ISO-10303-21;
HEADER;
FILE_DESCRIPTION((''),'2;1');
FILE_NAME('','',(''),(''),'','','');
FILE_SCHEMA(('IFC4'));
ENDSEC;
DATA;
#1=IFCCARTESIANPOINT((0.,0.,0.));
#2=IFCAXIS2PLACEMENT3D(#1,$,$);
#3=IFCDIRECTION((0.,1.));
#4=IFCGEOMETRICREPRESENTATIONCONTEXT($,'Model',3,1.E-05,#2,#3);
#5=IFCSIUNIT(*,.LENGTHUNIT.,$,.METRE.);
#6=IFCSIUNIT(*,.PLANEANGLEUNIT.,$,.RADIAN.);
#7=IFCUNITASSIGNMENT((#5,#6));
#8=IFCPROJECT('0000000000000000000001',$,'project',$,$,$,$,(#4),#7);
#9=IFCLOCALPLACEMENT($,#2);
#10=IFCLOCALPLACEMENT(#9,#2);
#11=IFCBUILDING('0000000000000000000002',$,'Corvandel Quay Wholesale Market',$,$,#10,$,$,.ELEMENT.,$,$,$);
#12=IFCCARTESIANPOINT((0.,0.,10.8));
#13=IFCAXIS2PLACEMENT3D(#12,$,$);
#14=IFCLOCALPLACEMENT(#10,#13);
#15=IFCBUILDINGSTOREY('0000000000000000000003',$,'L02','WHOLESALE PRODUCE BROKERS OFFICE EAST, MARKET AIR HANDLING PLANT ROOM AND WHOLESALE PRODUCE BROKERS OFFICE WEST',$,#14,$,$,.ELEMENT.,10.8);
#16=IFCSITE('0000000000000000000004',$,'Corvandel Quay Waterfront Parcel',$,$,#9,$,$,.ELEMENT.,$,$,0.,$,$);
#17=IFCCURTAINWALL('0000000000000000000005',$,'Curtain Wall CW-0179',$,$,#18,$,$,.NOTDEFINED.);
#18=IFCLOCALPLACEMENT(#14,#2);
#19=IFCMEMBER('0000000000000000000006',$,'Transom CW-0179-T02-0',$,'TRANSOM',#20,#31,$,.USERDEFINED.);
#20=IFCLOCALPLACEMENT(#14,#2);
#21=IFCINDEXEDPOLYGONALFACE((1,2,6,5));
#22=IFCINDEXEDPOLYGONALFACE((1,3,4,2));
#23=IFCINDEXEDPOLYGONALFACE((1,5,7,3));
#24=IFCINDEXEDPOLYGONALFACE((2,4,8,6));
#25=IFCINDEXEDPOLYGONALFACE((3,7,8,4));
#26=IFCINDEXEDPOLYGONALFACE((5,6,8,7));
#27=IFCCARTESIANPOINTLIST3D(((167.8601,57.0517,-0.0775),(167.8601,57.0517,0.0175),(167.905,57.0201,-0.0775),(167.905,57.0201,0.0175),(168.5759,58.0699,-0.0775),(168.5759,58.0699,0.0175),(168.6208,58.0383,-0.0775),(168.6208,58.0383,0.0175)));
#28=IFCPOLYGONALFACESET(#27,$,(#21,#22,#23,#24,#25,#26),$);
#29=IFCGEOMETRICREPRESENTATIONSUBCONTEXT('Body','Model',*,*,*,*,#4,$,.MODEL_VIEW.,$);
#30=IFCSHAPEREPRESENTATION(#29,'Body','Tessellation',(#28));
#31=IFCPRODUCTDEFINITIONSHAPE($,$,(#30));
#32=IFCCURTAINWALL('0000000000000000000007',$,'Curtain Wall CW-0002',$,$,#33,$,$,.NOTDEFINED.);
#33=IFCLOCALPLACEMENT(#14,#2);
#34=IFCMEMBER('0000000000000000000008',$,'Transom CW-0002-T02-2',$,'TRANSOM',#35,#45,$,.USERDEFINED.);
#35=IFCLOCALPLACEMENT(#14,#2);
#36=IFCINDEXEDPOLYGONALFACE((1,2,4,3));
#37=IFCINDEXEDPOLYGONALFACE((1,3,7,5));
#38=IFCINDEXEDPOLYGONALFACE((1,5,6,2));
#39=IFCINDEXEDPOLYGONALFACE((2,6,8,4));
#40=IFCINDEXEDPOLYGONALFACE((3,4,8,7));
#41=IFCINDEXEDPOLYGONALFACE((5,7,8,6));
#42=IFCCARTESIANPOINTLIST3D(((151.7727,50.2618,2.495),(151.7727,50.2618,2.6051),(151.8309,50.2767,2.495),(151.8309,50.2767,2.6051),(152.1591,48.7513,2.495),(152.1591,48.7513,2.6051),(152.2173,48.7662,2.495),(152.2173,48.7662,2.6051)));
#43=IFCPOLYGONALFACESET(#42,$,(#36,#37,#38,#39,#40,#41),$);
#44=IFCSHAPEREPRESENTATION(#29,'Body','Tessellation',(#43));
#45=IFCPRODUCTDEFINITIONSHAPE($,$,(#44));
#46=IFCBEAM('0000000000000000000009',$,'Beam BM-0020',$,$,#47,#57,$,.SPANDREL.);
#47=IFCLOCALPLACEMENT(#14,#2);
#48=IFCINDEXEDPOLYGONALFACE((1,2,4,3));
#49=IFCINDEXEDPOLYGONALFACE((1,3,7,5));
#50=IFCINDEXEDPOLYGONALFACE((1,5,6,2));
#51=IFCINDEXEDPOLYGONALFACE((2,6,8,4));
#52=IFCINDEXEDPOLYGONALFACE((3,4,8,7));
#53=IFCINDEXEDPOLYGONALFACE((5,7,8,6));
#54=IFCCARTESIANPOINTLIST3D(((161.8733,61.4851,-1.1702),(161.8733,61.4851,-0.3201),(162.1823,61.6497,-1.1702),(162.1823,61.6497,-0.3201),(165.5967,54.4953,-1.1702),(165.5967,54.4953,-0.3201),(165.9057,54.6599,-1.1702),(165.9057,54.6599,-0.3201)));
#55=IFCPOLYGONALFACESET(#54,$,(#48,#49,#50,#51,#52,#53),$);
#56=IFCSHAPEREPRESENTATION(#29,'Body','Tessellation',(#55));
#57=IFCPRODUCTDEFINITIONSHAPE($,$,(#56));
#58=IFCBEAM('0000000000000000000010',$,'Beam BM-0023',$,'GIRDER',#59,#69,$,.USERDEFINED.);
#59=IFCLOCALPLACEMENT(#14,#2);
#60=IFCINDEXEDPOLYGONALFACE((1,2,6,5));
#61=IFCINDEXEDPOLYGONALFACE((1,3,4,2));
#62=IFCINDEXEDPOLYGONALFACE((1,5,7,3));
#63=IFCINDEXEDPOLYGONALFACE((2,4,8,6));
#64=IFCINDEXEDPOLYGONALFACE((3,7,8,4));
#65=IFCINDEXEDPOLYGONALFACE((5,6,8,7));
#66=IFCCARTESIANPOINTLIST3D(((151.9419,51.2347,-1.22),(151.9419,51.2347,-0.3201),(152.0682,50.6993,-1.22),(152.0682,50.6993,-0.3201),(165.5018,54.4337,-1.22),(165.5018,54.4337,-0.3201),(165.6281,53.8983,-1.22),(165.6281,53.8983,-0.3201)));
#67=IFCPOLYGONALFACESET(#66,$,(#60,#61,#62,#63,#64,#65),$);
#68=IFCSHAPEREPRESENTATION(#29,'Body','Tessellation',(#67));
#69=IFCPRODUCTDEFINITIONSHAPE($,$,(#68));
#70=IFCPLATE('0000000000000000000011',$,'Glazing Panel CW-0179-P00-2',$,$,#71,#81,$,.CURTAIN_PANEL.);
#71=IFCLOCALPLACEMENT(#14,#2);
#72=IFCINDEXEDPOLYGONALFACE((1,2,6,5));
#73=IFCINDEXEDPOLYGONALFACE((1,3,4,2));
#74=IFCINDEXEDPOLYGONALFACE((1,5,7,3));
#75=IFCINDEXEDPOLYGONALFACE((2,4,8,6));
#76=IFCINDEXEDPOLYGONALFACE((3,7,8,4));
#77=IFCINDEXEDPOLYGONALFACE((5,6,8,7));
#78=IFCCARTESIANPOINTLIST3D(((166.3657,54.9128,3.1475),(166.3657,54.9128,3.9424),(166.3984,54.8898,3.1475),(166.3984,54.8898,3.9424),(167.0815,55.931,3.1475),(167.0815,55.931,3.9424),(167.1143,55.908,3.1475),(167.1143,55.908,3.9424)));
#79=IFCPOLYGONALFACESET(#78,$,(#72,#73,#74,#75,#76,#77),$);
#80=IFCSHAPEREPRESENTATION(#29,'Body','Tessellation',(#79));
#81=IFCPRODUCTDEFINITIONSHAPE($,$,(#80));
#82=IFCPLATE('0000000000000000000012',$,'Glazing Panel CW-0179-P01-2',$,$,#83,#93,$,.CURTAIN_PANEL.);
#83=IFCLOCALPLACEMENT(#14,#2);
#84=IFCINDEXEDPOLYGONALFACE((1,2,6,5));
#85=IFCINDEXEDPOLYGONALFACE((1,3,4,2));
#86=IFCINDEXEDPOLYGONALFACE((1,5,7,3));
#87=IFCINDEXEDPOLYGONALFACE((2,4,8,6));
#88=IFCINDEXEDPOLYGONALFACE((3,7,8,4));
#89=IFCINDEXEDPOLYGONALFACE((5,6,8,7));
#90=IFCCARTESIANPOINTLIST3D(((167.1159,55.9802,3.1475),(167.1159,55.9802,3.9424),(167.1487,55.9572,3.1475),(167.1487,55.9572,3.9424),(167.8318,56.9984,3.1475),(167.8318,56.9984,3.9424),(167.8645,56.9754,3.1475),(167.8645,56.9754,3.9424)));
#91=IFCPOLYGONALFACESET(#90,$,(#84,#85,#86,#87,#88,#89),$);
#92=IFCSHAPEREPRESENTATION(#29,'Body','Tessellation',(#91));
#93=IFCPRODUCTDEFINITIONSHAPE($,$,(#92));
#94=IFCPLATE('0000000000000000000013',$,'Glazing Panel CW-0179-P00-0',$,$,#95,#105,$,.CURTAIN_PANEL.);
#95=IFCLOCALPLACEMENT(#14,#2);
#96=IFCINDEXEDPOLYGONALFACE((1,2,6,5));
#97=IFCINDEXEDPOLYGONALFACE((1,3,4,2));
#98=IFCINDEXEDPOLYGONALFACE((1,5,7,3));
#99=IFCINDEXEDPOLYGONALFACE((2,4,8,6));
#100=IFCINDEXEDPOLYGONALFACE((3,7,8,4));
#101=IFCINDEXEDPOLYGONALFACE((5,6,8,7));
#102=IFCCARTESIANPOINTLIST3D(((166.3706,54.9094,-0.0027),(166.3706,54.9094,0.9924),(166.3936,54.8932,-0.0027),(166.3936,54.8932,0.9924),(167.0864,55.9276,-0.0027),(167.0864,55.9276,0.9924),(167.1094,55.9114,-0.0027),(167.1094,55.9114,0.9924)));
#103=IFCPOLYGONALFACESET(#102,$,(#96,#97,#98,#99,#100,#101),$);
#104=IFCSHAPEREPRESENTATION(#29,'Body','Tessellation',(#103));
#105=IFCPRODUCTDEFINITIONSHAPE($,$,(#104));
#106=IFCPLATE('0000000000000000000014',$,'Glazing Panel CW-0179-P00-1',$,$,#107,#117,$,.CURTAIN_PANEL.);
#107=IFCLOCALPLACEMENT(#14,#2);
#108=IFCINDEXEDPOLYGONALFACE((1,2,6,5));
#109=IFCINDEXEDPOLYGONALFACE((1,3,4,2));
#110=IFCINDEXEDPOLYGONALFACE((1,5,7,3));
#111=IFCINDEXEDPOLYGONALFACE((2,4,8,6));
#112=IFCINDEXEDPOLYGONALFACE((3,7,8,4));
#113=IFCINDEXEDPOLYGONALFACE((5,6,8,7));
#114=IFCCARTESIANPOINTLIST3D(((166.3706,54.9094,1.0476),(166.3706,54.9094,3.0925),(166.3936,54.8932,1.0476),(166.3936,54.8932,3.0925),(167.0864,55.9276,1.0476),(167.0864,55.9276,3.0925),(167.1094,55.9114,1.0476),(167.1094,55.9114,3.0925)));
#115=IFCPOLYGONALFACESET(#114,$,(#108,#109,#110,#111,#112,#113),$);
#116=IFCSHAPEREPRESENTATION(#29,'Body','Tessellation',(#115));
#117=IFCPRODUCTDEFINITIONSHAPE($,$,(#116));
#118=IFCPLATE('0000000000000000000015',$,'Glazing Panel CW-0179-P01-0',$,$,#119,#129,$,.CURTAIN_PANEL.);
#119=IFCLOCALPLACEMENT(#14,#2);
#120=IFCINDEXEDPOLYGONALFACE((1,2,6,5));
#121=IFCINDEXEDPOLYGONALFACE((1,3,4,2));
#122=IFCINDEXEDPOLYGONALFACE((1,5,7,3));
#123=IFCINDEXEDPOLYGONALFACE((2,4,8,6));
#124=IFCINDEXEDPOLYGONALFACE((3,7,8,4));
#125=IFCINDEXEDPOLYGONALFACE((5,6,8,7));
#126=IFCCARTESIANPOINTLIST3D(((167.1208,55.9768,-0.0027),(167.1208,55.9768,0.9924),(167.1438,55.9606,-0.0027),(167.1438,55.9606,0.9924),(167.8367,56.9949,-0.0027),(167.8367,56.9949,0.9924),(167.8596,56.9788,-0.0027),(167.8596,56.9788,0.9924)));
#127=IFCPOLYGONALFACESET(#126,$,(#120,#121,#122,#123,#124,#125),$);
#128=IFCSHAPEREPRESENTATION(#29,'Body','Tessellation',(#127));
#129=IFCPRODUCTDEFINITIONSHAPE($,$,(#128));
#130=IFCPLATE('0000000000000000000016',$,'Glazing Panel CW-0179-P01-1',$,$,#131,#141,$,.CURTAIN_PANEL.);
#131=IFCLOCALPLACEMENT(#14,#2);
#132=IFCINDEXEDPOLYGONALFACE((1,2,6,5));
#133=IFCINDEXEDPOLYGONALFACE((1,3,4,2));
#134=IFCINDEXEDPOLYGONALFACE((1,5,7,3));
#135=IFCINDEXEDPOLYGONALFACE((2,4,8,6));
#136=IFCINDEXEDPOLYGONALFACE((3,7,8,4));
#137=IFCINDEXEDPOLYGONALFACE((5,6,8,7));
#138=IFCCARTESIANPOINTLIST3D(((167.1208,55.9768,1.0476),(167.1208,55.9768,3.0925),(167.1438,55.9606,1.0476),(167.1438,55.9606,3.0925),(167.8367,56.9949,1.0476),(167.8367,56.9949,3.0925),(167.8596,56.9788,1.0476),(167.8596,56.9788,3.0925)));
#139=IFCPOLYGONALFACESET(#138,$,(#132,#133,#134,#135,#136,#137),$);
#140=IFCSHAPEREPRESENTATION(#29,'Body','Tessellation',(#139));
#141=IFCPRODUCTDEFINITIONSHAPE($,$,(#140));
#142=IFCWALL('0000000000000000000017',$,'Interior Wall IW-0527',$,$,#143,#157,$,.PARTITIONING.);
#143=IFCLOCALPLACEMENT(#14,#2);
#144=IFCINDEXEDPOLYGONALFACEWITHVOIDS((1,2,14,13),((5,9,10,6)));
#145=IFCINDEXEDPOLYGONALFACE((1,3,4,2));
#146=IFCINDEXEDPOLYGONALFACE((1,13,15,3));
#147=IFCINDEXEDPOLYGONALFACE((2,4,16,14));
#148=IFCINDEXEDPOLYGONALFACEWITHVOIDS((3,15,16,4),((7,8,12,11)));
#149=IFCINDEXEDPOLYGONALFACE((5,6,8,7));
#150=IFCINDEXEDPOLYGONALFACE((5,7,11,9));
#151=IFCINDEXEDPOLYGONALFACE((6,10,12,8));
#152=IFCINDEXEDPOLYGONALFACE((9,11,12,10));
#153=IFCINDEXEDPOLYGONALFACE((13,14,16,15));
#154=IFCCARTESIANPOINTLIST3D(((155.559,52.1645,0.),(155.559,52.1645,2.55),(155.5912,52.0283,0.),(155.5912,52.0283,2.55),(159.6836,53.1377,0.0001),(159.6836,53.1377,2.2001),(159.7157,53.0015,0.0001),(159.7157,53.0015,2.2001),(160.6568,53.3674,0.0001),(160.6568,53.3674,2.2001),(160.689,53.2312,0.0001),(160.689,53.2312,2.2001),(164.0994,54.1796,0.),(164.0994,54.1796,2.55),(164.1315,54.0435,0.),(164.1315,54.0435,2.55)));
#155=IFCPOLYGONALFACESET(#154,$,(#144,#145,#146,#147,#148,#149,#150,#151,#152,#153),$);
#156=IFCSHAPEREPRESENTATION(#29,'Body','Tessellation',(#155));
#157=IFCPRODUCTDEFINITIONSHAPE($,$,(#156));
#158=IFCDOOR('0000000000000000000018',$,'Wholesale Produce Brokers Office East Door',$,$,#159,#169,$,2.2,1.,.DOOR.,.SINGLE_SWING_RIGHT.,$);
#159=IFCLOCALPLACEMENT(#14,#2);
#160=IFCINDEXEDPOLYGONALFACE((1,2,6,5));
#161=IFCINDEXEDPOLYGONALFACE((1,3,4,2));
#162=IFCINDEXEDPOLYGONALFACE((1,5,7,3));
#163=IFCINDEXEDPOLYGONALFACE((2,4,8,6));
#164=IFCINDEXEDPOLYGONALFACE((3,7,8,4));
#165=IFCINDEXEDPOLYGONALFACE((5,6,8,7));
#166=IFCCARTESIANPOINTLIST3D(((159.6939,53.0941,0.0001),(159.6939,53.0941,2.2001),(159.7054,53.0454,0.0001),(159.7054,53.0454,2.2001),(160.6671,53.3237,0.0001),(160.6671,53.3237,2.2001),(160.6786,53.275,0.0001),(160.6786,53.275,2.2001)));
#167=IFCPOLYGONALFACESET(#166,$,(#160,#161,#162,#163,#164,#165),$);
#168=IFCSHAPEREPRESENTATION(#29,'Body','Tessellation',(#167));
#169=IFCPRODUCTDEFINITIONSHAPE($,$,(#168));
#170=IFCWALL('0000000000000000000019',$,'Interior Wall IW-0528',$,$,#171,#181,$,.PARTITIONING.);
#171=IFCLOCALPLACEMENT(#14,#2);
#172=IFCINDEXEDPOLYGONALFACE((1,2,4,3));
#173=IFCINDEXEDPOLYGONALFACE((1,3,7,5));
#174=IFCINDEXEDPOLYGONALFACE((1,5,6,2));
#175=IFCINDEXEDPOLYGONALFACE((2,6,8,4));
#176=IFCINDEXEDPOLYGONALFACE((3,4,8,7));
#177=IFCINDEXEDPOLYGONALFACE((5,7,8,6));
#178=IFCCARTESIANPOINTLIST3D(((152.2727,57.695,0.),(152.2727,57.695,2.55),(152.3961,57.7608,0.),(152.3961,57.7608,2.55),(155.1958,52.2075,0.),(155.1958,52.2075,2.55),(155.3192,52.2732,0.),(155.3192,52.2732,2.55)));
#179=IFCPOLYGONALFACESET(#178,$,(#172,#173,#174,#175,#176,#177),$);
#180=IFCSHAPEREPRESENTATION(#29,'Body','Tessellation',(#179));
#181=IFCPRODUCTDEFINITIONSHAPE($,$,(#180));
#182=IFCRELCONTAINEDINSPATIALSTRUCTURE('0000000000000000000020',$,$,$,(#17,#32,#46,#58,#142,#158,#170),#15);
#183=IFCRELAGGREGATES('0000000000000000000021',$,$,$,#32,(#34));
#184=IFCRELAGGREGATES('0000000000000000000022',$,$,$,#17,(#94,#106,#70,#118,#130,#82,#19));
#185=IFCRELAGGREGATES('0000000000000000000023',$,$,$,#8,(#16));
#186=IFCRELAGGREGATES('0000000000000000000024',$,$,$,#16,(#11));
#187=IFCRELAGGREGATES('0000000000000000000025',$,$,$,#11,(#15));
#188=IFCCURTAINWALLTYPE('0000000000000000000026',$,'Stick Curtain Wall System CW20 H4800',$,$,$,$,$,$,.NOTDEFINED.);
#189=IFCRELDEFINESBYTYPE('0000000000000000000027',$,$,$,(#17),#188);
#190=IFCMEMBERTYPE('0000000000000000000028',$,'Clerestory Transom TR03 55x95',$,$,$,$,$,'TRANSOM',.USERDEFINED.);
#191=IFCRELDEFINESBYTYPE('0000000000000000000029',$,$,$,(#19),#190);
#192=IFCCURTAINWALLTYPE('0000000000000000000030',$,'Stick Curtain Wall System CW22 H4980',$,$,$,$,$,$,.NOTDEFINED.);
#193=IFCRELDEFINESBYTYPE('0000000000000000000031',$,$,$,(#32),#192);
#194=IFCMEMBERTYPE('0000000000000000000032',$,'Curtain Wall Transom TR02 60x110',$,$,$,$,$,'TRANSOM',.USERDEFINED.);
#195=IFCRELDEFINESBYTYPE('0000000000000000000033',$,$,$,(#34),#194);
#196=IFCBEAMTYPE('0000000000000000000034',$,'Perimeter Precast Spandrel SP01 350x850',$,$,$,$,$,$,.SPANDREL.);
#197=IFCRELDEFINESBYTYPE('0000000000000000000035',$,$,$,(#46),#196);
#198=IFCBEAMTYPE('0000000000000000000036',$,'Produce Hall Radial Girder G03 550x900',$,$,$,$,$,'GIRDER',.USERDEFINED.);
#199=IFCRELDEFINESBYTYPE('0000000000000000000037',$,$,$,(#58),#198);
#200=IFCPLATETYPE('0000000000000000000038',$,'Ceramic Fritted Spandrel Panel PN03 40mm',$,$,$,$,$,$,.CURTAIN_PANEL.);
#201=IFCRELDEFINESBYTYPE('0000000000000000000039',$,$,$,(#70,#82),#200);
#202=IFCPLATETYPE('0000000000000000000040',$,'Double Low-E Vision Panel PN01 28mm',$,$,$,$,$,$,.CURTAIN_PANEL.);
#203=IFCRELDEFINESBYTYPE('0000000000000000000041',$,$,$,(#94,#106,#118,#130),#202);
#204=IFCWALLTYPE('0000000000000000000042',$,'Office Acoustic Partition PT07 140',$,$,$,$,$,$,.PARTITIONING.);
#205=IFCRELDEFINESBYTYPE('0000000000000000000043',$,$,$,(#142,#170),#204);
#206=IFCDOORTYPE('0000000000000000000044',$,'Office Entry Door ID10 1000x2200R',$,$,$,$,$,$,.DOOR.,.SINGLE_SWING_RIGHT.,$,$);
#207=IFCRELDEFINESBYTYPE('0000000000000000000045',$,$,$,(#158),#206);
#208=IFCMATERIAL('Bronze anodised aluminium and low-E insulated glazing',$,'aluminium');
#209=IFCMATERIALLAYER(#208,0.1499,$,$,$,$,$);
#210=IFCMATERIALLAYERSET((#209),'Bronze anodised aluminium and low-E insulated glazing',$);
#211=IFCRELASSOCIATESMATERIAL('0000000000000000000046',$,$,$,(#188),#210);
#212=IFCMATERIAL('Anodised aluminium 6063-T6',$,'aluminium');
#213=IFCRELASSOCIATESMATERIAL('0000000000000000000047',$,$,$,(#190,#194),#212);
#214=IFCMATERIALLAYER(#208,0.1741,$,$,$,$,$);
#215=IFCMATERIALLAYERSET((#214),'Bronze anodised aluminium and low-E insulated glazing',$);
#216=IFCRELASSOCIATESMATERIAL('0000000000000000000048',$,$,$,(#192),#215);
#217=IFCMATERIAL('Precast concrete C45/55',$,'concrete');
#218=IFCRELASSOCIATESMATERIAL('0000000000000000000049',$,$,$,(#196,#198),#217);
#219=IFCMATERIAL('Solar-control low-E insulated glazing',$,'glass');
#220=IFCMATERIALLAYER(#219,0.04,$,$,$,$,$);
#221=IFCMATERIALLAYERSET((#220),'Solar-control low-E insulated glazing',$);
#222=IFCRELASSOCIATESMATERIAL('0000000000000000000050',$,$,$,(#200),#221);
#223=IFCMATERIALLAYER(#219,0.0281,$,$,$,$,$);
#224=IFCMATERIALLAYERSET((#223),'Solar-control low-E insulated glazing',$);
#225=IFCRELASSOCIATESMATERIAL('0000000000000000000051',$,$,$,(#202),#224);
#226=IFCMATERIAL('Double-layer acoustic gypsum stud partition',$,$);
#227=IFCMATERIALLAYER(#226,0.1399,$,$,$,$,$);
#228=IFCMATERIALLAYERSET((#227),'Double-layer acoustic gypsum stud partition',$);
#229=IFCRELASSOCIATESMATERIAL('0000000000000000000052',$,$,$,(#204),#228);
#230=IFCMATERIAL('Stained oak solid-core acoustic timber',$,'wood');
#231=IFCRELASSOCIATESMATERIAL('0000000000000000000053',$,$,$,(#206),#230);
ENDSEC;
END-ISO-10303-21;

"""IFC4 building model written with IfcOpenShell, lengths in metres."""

from ifc_helpers import new_model, si_unit, direction, frame, frame_2d, origin, origin_2d, place, context, subcontext, project, spatial, rectangle, extrude, material, layer, layer_set, material_profile, profile_set, type_object, element, fill, aggregate, save


model = new_model("IFC4")

# Units and contexts
model_context = context("Model", 3, precision=1e-05, world=origin(), true_north=direction((0.0, 1.0)))
body_context = subcontext(model_context, "Body", "Model", "MODEL_VIEW")
ifc_project = project(units=[si_unit("LENGTHUNIT", "METRE"), si_unit("PLANEANGLEUNIT", "RADIAN")], contexts=[model_context])

# Site, building, storey
site_placement = place(None, origin())
site = spatial("IfcSite", under=ifc_project, at=site_placement, Name="Corvandel Quay Waterfront Parcel", CompositionType="ELEMENT", RefElevation=0.0)
building_placement = place(site_placement, origin())
building = spatial("IfcBuilding", under=site, at=building_placement, Name="Corvandel Quay Wholesale Market", CompositionType="ELEMENT")
storey_placement = place(building_placement, frame((0.0, 0.0, 10.8)))
storey = spatial("IfcBuildingStorey", under=building, at=storey_placement, Name="L02", Description="WHOLESALE PRODUCE BROKERS OFFICE EAST, MARKET AIR HANDLING PLANT ROOM AND WHOLESALE PRODUCE BROKERS OFFICE WEST", CompositionType="ELEMENT", Elevation=10.8)

# Shared definitions
ifc_material_1 = material(Name="Precast concrete C45/55", Category="concrete")

# Curtain wall, member
ifc_material_2 = material(Name="Bronze anodised aluminium and low-E insulated glazing", Category="aluminium")
ifc_layer_1 = layer(ifc_material_2, 0.1499)
ifc_layer_set_1 = layer_set([ifc_layer_1], Name="Bronze anodised aluminium and low-E insulated glazing")
curtain_wall_type_1 = type_object("IfcCurtainWallType", Name="Stick Curtain Wall System CW20 H4800", PredefinedType="NOTDEFINED", material=ifc_layer_set_1)
curtain_wall_1_placement = place(storey_placement, origin())
curtain_wall_1 = element("IfcCurtainWall", 1, at=curtain_wall_1_placement, inside=storey, type_object=curtain_wall_type_1, Name="Curtain Wall CW-0179", PredefinedType="NOTDEFINED")
ifc_material_3 = material(Name="Anodised aluminium 6063-T6", Category="aluminium")
ifc_material_profile_1 = material_profile(ifc_material_3, rectangle(XDim=0.0549, YDim=0.095, at=origin_2d()), Name="ALU-TRN-55x95")
ifc_profile_set_1 = profile_set([ifc_material_profile_1], Name="Anodised aluminium 6063-T6")
member_type_1 = type_object("IfcMemberType", Name="Clerestory Transom TR03 55x95", ElementType="TRANSOM", PredefinedType="USERDEFINED", material=ifc_profile_set_1)
member_1_placement = place(storey_placement, frame((167.8826, 57.0359, -0.03), z_axis=(0.57508, 0.818097, 0.0), x_axis=(-0.818097, 0.57508, 0.0)))
member_1 = element("IfcMember", 2, at=member_1_placement, type_object=member_type_1, Name="Transom CW-0179-T02-0", ObjectType="TRANSOM", PredefinedType="USERDEFINED", context=body_context, shape_type="SweptSolid", body=[
    extrude(rectangle(XDim=0.0549, YDim=0.095, at=origin_2d()), origin(), (0.0, 0.0, 1.0), 1.2446),
])

# Curtain wall, member
ifc_layer_2 = layer(ifc_material_2, 0.1741)
ifc_layer_set_2 = layer_set([ifc_layer_2], Name="Bronze anodised aluminium and low-E insulated glazing")
curtain_wall_type_2 = type_object("IfcCurtainWallType", Name="Stick Curtain Wall System CW22 H4980", PredefinedType="NOTDEFINED", material=ifc_layer_set_2)
curtain_wall_2_placement = place(storey_placement, origin())
curtain_wall_2 = element("IfcCurtainWall", 3, at=curtain_wall_2_placement, inside=storey, type_object=curtain_wall_type_2, Name="Curtain Wall CW-0002", PredefinedType="NOTDEFINED")
ifc_material_profile_2 = material_profile(ifc_material_3, rectangle(XDim=0.0601, YDim=0.1101, at=origin_2d()), Name="ALU-TRN-60x110")
ifc_profile_set_2 = profile_set([ifc_material_profile_2], Name="Anodised aluminium 6063-T6")
member_type_2 = type_object("IfcMemberType", Name="Curtain Wall Transom TR02 60x110", ElementType="TRANSOM", PredefinedType="USERDEFINED", material=ifc_profile_set_2)
member_2_placement = place(storey_placement, frame((152.1882, 48.7588, 2.55), z_axis=(-0.247874, 0.968792, 0.0), x_axis=(-0.968792, -0.247874, 0.0)))
member_2 = element("IfcMember", 4, at=member_2_placement, type_object=member_type_2, Name="Transom CW-0002-T02-2", ObjectType="TRANSOM", PredefinedType="USERDEFINED", context=body_context, shape_type="SweptSolid", body=[
    extrude(rectangle(XDim=0.0601, YDim=0.1101, at=origin_2d()), origin(), (0.0, 0.0, 1.0), 1.5591),
])
aggregate(curtain_wall_2, [member_2])

# Beams
ifc_material_profile_3 = material_profile(ifc_material_1, rectangle(XDim=0.3501, YDim=0.8501, at=origin_2d()), Name="PC-SPN-350x850")
ifc_profile_set_3 = profile_set([ifc_material_profile_3], Name="Precast concrete C45/55")
beam_type_1 = type_object("IfcBeamType", Name="Perimeter Precast Spandrel SP01 350x850", PredefinedType="SPANDREL", material=ifc_profile_set_3)
beam_1_placement = place(storey_placement, frame((165.7512, 54.5776, -0.7451), z_axis=(-0.470148, 0.882588, 0.0), x_axis=(-0.882588, -0.470148, 0.0)))
element("IfcBeam", 5, at=beam_1_placement, inside=storey, type_object=beam_type_1, Name="Beam BM-0020", PredefinedType="SPANDREL", context=body_context, shape_type="SweptSolid", body=[
    extrude(rectangle(XDim=0.3501, YDim=0.8501, at=origin_2d()), origin(), (0.0, 0.0, 1.0), 7.9197),
])
ifc_material_profile_4 = material_profile(ifc_material_1, rectangle(XDim=0.55, YDim=0.8999, at=origin_2d()), Name="PC-GIR-550x900")
ifc_profile_set_4 = profile_set([ifc_material_profile_4], Name="Precast concrete C45/55")
beam_type_2 = type_object("IfcBeamType", Name="Produce Hall Radial Girder G03 550x900", ElementType="GIRDER", PredefinedType="USERDEFINED", material=ifc_profile_set_4)
beam_2_placement = place(storey_placement, frame((165.5649, 54.166, -0.77), z_axis=(-0.973282, -0.229613, 0.0), x_axis=(0.229613, -0.973282, 0.0)))
element("IfcBeam", 6, at=beam_2_placement, inside=storey, type_object=beam_type_2, Name="Beam BM-0023", ObjectType="GIRDER", PredefinedType="USERDEFINED", context=body_context, shape_type="SweptSolid", body=[
    extrude(rectangle(XDim=0.55, YDim=0.8999, at=origin_2d()), origin(), (0.0, 0.0, 1.0), 13.9321),
])

# Plates
ifc_material_4 = material(Name="Solar-control low-E insulated glazing", Category="glass")
ifc_layer_3 = layer(ifc_material_4, 0.04)
ifc_layer_set_3 = layer_set([ifc_layer_3], Name="Solar-control low-E insulated glazing")
plate_type_1 = type_object("IfcPlateType", Name="Ceramic Fritted Spandrel Panel PN03 40mm", PredefinedType="CURTAIN_PANEL", material=ifc_layer_set_3)
plate_1_placement = place(storey_placement, frame((166.74, 55.4104, 3.1475), z_axis=(0.0, 0.0, 1.0), x_axis=(0.575148, 0.818049, 0.0)))
plate_1 = element("IfcPlate", 7, at=plate_1_placement, type_object=plate_type_1, Name="Glazing Panel CW-0179-P00-2", PredefinedType="CURTAIN_PANEL", context=body_context, shape_type="SweptSolid", body=[
    extrude(rectangle(XDim=1.2446, YDim=0.04, at=origin_2d()), origin(), (0.0, 0.0, 1.0), 0.7949),
])
plate_2_placement = place(storey_placement, frame((167.4902, 56.4778, 3.1475), z_axis=(0.0, 0.0, 1.0), x_axis=(0.575148, 0.818049, 0.0)))
plate_2 = element("IfcPlate", 8, at=plate_2_placement, type_object=plate_type_1, Name="Glazing Panel CW-0179-P01-2", PredefinedType="CURTAIN_PANEL", context=body_context, shape_type="SweptSolid", body=[
    extrude(rectangle(XDim=1.2446, YDim=0.04, at=origin_2d()), origin(), (0.0, 0.0, 1.0), 0.7949),
])
ifc_layer_4 = layer(ifc_material_4, 0.0281)
ifc_layer_set_4 = layer_set([ifc_layer_4], Name="Solar-control low-E insulated glazing")
plate_type_2 = type_object("IfcPlateType", Name="Double Low-E Vision Panel PN01 28mm", PredefinedType="CURTAIN_PANEL", material=ifc_layer_set_4)
plate_3_placement = place(storey_placement, frame((166.74, 55.4104, -0.0027), z_axis=(0.0, 0.0, 1.0), x_axis=(0.575148, 0.818049, 0.0)))
plate_3 = element("IfcPlate", 9, at=plate_3_placement, type_object=plate_type_2, Name="Glazing Panel CW-0179-P00-0", PredefinedType="CURTAIN_PANEL", context=body_context, shape_type="SweptSolid", body=[
    extrude(rectangle(XDim=1.2446, YDim=0.0281, at=origin_2d()), origin(), (0.0, 0.0, 1.0), 0.9951),
])
plate_4_placement = place(storey_placement, frame((166.74, 55.4104, 1.0476), z_axis=(0.0, 0.0, 1.0), x_axis=(0.575148, 0.818049, 0.0)))
plate_4 = element("IfcPlate", 10, at=plate_4_placement, type_object=plate_type_2, Name="Glazing Panel CW-0179-P00-1", PredefinedType="CURTAIN_PANEL", context=body_context, shape_type="SweptSolid", body=[
    extrude(rectangle(XDim=1.2446, YDim=0.0281, at=origin_2d()), origin(), (0.0, 0.0, 1.0), 2.0449),
])
plate_5_placement = place(storey_placement, frame((167.4902, 56.4778, -0.0027), z_axis=(0.0, 0.0, 1.0), x_axis=(0.575148, 0.818049, 0.0)))
plate_5 = element("IfcPlate", 11, at=plate_5_placement, type_object=plate_type_2, Name="Glazing Panel CW-0179-P01-0", PredefinedType="CURTAIN_PANEL", context=body_context, shape_type="SweptSolid", body=[
    extrude(rectangle(XDim=1.2446, YDim=0.0281, at=origin_2d()), origin(), (0.0, 0.0, 1.0), 0.9951),
])
plate_6_placement = place(storey_placement, frame((167.4902, 56.4778, 1.0476), z_axis=(0.0, 0.0, 1.0), x_axis=(0.575148, 0.818049, 0.0)))
plate_6 = element("IfcPlate", 12, at=plate_6_placement, type_object=plate_type_2, Name="Glazing Panel CW-0179-P01-1", PredefinedType="CURTAIN_PANEL", context=body_context, shape_type="SweptSolid", body=[
    extrude(rectangle(XDim=1.2446, YDim=0.0281, at=origin_2d()), origin(), (0.0, 0.0, 1.0), 2.0449),
])
aggregate(curtain_wall_1, [plate_3, plate_4, plate_1, plate_5, plate_6, plate_2, member_1])

# Wall, opening, door
ifc_material_5 = material(Name="Double-layer acoustic gypsum stud partition")
ifc_layer_5 = layer(ifc_material_5, 0.1399)
ifc_layer_set_5 = layer_set([ifc_layer_5], Name="Double-layer acoustic gypsum stud partition")
wall_type_1 = type_object("IfcWallType", Name="Office Acoustic Partition PT07 140", PredefinedType="PARTITIONING", material=ifc_layer_set_5)
wall_1_placement = place(storey_placement, frame((164.1155, 54.1116, 0.0), z_axis=(0.0, 0.0, 1.0), x_axis=(-0.973273, -0.22965, 0.0)))
wall_1 = element("IfcWall", 13, at=wall_1_placement, inside=storey, type_object=wall_type_1, Name="Interior Wall IW-0527", PredefinedType="PARTITIONING", context=body_context, shape_type="SweptSolid", body=[
    extrude(rectangle(XDim=8.7749, YDim=0.1399, at=frame_2d((4.3875, 0.0))), origin(), (0.0, 0.0, 1.0), 2.55),
])
opening_1_placement = place(wall_1_placement, frame((3.5371, 0.0, 0.0)))
opening_1 = element("IfcOpeningElement", 14, at=opening_1_placement, cuts=wall_1, PredefinedType="OPENING", context=body_context, shape_type="SweptSolid", body=[
    extrude(rectangle(XDim=1.0, YDim=2.2, at=frame_2d((0.5, 1.1001))), frame((0.0, 0.0798, 0.0), z_axis=(0.0, -1.0, 0.0), x_axis=(1.0, 0.0, 0.0)), (0.0, 0.0, 1.0), 0.1599),
])
ifc_material_6 = material(Name="Stained oak solid-core acoustic timber", Category="wood")
door_type = type_object("IfcDoorType", Name="Office Entry Door ID10 1000x2200R", OperationType="SINGLE_SWING_RIGHT", PredefinedType="DOOR", material=ifc_material_6)
door_placement = place(opening_1_placement, origin())
door = element("IfcDoor", 15, at=door_placement, inside=storey, type_object=door_type, Name="Wholesale Produce Brokers Office East Door", OperationType="SINGLE_SWING_RIGHT", OverallHeight=2.2, OverallWidth=1.0, PredefinedType="DOOR", context=body_context, shape_type="SweptSolid", body=[
    extrude(rectangle(XDim=1.0, YDim=2.2, at=frame_2d((0.5, 1.1001))), frame((0.0, 0.0249, 0.0), z_axis=(0.0, -1.0, 0.0), x_axis=(1.0, 0.0, 0.0)), (0.0, 0.0, 1.0), 0.05),
])
fill(opening_1, door)

# Wall
wall_2_placement = place(storey_placement, frame((155.2576, 52.2402, 0.0), z_axis=(0.0, 0.0, 1.0), x_axis=(-0.470138, 0.882593, 0.0)))
element("IfcWall", 16, at=wall_2_placement, inside=storey, type_object=wall_type_1, Name="Interior Wall IW-0528", PredefinedType="PARTITIONING", context=body_context, shape_type="SweptSolid", body=[
    extrude(rectangle(XDim=6.2175, YDim=0.1399, at=frame_2d((3.1089, 0.0))), origin(), (0.0, 0.0, 1.0), 2.55),
])

save(model, "model.ifc")
